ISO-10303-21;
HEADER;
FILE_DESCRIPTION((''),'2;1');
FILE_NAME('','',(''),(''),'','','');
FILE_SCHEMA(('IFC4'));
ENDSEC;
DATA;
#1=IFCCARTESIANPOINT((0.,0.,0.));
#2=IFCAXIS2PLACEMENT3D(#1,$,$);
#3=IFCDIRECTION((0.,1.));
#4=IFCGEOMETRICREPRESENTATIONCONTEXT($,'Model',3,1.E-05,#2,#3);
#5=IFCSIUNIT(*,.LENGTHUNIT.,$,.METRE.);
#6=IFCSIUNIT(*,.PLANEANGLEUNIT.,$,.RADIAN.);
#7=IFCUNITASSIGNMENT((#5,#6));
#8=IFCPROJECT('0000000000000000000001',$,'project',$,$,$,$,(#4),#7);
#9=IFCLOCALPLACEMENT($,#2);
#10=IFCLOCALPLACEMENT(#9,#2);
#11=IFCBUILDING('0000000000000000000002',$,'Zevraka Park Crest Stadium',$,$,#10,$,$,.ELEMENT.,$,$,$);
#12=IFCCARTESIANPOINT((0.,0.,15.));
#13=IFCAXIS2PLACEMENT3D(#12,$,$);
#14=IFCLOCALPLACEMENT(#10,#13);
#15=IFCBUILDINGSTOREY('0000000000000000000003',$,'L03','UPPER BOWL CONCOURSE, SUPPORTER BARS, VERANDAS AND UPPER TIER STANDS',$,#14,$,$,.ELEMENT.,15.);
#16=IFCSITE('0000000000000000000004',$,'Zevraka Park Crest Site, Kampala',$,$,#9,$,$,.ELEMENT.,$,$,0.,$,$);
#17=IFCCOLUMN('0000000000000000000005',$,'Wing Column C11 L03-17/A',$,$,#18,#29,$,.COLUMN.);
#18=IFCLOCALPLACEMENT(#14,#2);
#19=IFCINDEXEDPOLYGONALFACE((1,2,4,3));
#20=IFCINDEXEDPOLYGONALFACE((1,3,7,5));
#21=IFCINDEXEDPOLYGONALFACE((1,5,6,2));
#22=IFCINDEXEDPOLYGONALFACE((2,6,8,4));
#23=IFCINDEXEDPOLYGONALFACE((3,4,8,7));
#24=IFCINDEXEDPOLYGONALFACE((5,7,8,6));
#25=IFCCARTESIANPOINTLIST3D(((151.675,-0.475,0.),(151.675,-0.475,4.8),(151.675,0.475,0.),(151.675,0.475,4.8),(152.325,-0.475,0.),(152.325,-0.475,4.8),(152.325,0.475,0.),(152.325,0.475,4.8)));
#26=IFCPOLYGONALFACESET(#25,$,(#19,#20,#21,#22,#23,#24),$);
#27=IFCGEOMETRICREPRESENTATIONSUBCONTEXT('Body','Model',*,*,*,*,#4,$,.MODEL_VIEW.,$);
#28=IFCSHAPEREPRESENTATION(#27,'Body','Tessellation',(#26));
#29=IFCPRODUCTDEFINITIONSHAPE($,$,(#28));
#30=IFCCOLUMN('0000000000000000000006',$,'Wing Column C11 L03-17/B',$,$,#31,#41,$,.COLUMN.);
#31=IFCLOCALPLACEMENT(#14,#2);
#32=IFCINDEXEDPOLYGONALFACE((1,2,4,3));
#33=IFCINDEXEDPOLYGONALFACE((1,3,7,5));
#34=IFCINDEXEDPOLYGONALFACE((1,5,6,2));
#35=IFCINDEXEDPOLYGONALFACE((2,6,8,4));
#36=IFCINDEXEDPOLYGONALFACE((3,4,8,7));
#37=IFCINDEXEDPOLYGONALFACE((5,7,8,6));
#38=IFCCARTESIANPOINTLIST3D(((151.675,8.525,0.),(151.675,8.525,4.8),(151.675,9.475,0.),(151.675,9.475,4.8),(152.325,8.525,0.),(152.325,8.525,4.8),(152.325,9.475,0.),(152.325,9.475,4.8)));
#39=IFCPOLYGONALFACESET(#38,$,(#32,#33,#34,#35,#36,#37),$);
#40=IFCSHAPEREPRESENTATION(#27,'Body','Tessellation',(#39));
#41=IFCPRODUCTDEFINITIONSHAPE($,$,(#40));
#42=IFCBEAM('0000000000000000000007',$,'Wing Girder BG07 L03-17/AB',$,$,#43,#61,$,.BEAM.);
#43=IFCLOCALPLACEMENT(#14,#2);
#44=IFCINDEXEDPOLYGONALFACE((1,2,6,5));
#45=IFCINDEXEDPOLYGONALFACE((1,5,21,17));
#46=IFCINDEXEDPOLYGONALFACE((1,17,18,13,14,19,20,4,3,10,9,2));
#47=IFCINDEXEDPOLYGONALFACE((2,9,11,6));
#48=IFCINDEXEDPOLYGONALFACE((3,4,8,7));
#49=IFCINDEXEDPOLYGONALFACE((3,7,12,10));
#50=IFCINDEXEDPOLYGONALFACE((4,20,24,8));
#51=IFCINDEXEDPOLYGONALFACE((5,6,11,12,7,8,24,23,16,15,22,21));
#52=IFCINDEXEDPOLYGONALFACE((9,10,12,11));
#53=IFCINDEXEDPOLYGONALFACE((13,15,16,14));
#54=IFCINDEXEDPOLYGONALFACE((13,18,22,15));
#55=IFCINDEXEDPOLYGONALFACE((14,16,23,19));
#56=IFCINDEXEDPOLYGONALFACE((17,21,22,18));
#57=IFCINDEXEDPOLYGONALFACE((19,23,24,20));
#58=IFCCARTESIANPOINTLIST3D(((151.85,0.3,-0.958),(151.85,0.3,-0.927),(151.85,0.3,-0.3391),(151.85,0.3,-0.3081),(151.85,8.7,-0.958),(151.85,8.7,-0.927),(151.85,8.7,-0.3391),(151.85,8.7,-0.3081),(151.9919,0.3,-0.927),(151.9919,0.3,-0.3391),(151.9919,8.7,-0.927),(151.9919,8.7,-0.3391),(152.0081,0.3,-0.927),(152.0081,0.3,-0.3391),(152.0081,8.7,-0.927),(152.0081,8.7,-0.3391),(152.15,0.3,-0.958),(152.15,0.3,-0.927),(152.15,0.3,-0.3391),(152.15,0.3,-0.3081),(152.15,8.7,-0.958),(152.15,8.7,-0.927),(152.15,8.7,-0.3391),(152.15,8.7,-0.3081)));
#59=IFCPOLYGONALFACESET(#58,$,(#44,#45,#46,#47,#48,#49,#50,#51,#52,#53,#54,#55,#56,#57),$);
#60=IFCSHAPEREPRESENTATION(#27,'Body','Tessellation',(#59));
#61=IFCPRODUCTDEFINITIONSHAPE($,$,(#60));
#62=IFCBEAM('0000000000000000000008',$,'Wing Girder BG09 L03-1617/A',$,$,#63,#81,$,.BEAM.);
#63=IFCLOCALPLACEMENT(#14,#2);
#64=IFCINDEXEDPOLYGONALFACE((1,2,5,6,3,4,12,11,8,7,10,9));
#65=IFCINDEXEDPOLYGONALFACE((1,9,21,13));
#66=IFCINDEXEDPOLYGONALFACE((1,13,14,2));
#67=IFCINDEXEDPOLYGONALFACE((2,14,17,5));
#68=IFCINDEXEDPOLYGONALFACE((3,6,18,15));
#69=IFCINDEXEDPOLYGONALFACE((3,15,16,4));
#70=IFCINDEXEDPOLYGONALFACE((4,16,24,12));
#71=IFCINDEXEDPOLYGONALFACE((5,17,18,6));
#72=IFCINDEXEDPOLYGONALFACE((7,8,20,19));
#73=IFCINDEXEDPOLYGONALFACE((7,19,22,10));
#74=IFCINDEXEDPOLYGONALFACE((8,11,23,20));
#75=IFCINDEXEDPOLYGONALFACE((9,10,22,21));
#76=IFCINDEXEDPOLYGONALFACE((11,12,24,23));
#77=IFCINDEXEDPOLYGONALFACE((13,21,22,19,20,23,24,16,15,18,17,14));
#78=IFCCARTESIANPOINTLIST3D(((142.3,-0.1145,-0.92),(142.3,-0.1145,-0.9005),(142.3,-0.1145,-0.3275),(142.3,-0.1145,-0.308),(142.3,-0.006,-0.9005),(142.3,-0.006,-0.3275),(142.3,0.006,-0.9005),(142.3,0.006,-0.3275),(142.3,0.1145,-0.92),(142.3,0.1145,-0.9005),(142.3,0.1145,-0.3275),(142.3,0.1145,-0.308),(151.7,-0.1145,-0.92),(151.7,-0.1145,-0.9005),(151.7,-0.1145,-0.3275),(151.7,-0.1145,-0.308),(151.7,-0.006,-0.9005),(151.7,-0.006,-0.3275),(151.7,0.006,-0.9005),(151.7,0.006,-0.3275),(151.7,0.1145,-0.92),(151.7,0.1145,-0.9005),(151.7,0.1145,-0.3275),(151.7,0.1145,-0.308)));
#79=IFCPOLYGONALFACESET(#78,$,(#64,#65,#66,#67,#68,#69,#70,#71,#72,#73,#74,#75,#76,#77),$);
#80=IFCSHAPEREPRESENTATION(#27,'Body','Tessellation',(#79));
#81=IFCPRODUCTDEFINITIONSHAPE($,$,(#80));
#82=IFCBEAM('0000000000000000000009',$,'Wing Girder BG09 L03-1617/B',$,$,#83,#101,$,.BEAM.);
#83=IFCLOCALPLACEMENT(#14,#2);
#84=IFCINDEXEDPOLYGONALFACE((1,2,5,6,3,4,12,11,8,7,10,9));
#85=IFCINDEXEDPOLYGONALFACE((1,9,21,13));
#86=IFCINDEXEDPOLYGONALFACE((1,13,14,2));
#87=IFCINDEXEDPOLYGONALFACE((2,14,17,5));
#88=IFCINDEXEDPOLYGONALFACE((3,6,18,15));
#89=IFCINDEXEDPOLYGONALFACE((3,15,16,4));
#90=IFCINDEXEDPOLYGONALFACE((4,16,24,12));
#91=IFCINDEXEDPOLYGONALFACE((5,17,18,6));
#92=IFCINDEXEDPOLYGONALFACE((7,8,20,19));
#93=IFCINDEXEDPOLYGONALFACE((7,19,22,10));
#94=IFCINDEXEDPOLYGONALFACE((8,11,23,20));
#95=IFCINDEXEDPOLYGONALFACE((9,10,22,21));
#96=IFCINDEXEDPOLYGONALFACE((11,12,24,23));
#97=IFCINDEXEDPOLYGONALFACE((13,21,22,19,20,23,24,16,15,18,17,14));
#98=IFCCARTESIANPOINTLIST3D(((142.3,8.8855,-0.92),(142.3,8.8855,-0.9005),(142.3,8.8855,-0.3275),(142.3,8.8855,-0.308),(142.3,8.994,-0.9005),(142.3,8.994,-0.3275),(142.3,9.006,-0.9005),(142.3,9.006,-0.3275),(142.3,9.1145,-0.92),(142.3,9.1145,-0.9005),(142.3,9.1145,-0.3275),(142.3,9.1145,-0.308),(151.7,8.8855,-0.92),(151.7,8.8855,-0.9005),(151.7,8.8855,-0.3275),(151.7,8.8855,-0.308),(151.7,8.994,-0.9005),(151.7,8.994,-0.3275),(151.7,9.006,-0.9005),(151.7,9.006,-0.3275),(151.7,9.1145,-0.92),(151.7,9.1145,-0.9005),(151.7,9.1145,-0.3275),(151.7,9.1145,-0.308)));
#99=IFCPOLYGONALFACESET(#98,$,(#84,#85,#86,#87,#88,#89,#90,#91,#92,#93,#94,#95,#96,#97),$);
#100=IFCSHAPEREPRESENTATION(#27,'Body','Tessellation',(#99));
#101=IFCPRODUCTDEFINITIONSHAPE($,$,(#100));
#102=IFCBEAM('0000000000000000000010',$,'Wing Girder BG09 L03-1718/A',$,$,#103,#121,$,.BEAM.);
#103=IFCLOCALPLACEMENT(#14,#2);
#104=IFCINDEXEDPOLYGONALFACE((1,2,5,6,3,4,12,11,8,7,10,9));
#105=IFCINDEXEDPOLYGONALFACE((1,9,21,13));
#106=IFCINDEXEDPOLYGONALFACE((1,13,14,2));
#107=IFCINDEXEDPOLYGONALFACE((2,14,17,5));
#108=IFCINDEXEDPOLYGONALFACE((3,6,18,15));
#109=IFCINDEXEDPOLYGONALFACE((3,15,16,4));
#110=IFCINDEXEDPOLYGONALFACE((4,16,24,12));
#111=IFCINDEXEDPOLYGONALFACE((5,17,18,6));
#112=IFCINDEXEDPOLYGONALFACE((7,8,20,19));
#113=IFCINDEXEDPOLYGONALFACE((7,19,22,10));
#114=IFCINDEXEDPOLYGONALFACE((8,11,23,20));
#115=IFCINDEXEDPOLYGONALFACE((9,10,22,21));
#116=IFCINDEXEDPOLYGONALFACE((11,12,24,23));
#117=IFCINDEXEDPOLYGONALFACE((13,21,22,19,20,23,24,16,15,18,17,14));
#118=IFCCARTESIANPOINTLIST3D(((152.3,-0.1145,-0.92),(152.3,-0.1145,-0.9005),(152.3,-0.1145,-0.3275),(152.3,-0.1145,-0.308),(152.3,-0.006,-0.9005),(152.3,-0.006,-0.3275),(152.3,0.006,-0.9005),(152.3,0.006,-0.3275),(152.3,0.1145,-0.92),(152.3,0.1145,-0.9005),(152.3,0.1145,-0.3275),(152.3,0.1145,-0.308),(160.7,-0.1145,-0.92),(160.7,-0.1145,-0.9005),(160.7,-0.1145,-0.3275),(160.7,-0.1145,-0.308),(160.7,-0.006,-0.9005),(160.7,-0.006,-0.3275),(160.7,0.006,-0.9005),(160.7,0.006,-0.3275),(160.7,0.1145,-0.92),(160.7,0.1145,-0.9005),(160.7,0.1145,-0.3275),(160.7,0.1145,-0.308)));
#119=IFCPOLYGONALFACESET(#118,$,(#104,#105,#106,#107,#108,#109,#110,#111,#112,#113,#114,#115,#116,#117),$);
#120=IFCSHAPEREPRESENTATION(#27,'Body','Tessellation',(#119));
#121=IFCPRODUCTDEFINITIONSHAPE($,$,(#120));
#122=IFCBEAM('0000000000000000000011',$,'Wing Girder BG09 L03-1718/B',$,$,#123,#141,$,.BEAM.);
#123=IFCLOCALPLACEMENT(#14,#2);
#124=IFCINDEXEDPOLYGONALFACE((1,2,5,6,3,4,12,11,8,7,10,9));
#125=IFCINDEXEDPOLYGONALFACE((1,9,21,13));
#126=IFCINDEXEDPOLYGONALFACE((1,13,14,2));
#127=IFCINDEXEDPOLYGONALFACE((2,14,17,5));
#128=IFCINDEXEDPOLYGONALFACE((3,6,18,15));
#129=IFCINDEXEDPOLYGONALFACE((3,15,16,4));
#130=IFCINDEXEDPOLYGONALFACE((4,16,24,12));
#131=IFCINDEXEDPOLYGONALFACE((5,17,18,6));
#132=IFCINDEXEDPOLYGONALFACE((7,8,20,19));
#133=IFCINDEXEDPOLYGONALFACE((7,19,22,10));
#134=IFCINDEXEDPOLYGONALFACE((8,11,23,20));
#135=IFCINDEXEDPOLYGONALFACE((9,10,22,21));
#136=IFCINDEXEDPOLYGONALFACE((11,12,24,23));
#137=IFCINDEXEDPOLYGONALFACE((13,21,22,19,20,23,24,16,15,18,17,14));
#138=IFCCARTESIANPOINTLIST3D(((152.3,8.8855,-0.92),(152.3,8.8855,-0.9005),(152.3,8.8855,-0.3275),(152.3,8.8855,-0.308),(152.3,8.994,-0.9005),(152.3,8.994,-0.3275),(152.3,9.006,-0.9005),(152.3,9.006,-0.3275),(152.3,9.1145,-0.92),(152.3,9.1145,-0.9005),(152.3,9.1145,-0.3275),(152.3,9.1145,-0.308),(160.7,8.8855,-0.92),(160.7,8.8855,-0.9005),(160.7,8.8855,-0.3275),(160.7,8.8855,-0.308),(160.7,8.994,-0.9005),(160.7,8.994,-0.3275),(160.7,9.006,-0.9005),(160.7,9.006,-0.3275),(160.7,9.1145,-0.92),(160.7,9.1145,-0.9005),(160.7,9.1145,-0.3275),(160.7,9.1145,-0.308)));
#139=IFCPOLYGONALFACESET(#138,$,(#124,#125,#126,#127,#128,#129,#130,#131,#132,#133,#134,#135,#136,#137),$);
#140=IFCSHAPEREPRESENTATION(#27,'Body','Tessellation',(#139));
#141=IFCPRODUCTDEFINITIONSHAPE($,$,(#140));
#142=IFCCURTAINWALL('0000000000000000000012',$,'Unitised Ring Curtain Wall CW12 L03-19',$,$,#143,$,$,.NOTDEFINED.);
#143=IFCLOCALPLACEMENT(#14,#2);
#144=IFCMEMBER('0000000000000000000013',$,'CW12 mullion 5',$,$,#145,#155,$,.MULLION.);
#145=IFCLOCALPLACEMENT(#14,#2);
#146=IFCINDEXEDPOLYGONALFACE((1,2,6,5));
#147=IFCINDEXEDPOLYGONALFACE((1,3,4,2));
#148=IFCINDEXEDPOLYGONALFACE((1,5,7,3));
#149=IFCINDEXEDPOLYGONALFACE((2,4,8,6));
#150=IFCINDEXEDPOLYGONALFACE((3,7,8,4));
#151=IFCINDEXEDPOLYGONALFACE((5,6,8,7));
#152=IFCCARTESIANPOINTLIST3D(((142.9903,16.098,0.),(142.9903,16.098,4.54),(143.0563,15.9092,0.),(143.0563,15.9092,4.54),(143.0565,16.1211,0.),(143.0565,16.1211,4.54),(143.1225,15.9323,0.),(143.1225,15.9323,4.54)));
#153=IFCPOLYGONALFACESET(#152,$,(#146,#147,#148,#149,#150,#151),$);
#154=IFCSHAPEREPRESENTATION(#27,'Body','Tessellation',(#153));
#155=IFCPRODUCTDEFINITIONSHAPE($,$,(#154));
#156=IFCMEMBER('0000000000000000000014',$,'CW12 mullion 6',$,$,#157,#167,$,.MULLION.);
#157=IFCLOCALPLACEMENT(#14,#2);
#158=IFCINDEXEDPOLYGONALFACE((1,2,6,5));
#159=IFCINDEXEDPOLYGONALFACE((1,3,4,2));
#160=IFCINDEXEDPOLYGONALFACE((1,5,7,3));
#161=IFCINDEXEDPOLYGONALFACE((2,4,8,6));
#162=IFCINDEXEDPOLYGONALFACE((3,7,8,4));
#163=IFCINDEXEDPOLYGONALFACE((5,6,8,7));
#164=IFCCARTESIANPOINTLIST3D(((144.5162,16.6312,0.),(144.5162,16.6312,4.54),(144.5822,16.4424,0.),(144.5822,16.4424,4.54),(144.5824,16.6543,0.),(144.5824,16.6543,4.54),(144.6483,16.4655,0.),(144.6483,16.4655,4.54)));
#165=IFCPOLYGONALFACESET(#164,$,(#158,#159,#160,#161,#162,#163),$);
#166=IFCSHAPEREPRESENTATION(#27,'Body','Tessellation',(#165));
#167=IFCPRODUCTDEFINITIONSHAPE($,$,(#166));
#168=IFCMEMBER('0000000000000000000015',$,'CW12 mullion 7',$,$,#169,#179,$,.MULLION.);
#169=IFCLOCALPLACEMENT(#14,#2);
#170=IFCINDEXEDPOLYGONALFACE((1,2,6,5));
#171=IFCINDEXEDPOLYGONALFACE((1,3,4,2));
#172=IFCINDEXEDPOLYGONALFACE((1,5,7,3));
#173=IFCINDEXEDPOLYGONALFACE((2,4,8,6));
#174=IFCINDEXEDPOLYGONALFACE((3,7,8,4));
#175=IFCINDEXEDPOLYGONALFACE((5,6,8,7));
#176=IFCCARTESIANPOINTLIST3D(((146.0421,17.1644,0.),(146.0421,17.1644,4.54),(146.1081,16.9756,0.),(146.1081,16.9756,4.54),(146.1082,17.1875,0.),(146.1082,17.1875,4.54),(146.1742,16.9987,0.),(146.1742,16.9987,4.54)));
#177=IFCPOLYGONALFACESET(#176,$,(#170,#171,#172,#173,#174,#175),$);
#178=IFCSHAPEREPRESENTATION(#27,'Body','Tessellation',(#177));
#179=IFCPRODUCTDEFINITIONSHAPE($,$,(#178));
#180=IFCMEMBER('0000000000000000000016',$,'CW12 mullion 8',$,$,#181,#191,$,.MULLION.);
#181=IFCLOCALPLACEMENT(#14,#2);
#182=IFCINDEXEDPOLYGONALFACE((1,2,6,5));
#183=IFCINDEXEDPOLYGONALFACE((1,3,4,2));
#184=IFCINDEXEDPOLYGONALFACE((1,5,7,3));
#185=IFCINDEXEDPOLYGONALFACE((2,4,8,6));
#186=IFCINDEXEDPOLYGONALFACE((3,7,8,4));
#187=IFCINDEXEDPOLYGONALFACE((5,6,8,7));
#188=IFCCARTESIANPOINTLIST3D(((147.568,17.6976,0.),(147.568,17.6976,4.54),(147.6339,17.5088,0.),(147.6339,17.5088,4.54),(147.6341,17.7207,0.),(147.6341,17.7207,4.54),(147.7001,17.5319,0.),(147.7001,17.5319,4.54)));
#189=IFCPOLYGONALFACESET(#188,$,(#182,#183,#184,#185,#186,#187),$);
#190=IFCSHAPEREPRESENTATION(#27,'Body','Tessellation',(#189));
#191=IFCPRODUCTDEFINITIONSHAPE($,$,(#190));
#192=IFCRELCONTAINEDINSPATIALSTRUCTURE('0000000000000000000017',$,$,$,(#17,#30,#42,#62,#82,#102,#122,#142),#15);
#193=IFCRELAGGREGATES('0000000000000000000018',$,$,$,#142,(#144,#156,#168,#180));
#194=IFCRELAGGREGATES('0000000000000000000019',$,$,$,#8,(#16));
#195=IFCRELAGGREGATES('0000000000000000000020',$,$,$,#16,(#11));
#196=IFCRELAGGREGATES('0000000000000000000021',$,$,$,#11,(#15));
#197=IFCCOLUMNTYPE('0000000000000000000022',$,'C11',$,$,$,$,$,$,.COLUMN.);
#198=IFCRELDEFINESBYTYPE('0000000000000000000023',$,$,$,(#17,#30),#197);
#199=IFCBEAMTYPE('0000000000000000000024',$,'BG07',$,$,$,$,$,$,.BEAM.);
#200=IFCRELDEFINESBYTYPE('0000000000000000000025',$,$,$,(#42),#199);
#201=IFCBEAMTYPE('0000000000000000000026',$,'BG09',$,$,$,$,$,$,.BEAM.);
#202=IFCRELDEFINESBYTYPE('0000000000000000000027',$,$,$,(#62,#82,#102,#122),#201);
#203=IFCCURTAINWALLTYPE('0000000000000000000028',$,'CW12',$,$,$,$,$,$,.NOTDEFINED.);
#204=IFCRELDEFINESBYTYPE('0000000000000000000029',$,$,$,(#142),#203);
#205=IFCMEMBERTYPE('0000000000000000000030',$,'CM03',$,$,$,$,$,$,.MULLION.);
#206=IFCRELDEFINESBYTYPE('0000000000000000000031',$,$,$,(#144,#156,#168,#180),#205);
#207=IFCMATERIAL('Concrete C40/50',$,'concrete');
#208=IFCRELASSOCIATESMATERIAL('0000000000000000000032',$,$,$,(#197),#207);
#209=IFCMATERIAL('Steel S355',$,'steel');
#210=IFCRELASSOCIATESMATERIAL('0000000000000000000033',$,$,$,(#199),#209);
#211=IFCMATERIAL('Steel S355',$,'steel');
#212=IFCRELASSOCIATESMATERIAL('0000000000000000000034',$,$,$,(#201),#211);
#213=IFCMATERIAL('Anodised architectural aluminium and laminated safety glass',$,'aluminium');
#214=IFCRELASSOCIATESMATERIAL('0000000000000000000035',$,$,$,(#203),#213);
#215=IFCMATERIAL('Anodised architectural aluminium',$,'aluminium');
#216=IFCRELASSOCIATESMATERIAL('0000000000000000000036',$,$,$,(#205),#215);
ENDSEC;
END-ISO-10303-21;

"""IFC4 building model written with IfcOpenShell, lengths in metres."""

from ifc_helpers import new_model, si_unit, direction, frame, origin, origin_2d, place, context, subcontext, project, spatial, rectangle, i_section, extrude, material, material_profile, profile_set, type_object, element, aggregate, save


model = new_model("IFC4")

# Units and contexts
model_context = context("Model", 3, precision=1e-05, world=origin(), true_north=direction((0.0, 1.0)))
body_context = subcontext(model_context, "Body", "Model", "MODEL_VIEW")
ifc_project = project(units=[si_unit("LENGTHUNIT", "METRE"), si_unit("PLANEANGLEUNIT", "RADIAN")], contexts=[model_context])

# Site, building, storey
site_placement = place(None, origin())
site = spatial("IfcSite", under=ifc_project, at=site_placement, Name="Zevraka Park Crest Site, Kampala", CompositionType="ELEMENT", RefElevation=0.0)
building_placement = place(site_placement, origin())
building = spatial("IfcBuilding", under=site, at=building_placement, Name="Zevraka Park Crest Stadium", CompositionType="ELEMENT")
storey_placement = place(building_placement, frame((0.0, 0.0, 15.0)))
storey = spatial("IfcBuildingStorey", under=building, at=storey_placement, Name="L03", Description="UPPER BOWL CONCOURSE, SUPPORTER BARS, VERANDAS AND UPPER TIER STANDS", CompositionType="ELEMENT", Elevation=15.0)

# Columns
ifc_material_1 = material(Name="Concrete C40/50", Category="concrete")
ifc_material_profile_1 = material_profile(ifc_material_1, rectangle(XDim=0.6499, YDim=0.95, at=origin_2d()), Name="RC 950x650")
ifc_profile_set_1 = profile_set([ifc_material_profile_1], Name="Concrete C40/50")
column_type = type_object("IfcColumnType", Name="C11", PredefinedType="COLUMN", material=ifc_profile_set_1)
for number, where, z_axis, x_axis, name in (
    (1, (152.0, 0.0, 0.0), (0.0, 0.0, 1.0), (1.0, 0.0, 0.0), "Wing Column C11 L03-17/A"),
    (2, (152.0, 9.0, 0.0), (0.0, 0.0, 1.0), (1.0, 0.0, 0.0), "Wing Column C11 L03-17/B"),
):
    element("IfcColumn", number, at=place(storey_placement, frame(where, z_axis=z_axis, x_axis=x_axis)), inside=storey, type_object=column_type, Name=name, PredefinedType="COLUMN", context=body_context, shape_type="SweptSolid", body=[
        extrude(rectangle(XDim=0.6499, YDim=0.95, at=origin_2d()), origin(), (0.0, 0.0, 1.0), 4.8),
    ])

# Beams
ifc_material_2 = material(Name="Steel S355", Category="steel")
ifc_material_profile_2 = material_profile(ifc_material_2, i_section(OverallWidth=0.3, OverallDepth=0.6499, WebThickness=0.0161, FlangeThickness=0.031, at=origin_2d()), Name="HEB 650")
ifc_profile_set_2 = profile_set([ifc_material_profile_2], Name="Steel S355")
beam_type_1 = type_object("IfcBeamType", Name="BG07", PredefinedType="BEAM", material=ifc_profile_set_2)
beam_placement = place(storey_placement, frame((152.0, 0.3, -0.6331), z_axis=(0.0, 1.0, 0.0), x_axis=(-1.0, 0.0, 0.0)))
element("IfcBeam", 3, at=beam_placement, inside=storey, type_object=beam_type_1, Name="Wing Girder BG07 L03-17/AB", PredefinedType="BEAM", context=body_context, shape_type="SweptSolid", body=[
    extrude(i_section(OverallWidth=0.3, OverallDepth=0.6499, WebThickness=0.0161, FlangeThickness=0.031, at=origin_2d()), origin(), (0.0, 0.0, 1.0), 8.3999),
])
ifc_material_3 = material(Name="Steel S355", Category="steel")
ifc_material_profile_3 = material_profile(ifc_material_3, i_section(OverallWidth=0.229, OverallDepth=0.6121, WebThickness=0.012, FlangeThickness=0.0195, at=origin_2d()), Name="UKB 610x229x125")
ifc_profile_set_3 = profile_set([ifc_material_profile_3], Name="Steel S355")
beam_type_2 = type_object("IfcBeamType", Name="BG09", PredefinedType="BEAM", material=ifc_profile_set_3)
for number, where, z_axis, x_axis, name in (
    (4, (142.3, 0.0, -0.614), (1.0, 0.0, 0.0), (0.0, 1.0, 0.0), "Wing Girder BG09 L03-1617/A"),
    (5, (142.3, 9.0, -0.614), (1.0, 0.0, 0.0), (0.0, 1.0, 0.0), "Wing Girder BG09 L03-1617/B"),
):
    element("IfcBeam", number, at=place(storey_placement, frame(where, z_axis=z_axis, x_axis=x_axis)), inside=storey, type_object=beam_type_2, Name=name, PredefinedType="BEAM", context=body_context, shape_type="SweptSolid", body=[
        extrude(i_section(OverallWidth=0.229, OverallDepth=0.6121, WebThickness=0.012, FlangeThickness=0.0195, at=origin_2d()), origin(), (0.0, 0.0, 1.0), 9.3999),
    ])
for number, where, z_axis, x_axis, name in (
    (6, (152.3, 0.0, -0.614), (1.0, 0.0, 0.0), (0.0, 1.0, 0.0), "Wing Girder BG09 L03-1718/A"),
    (7, (152.3, 9.0, -0.614), (1.0, 0.0, 0.0), (0.0, 1.0, 0.0), "Wing Girder BG09 L03-1718/B"),
):
    element("IfcBeam", number, at=place(storey_placement, frame(where, z_axis=z_axis, x_axis=x_axis)), inside=storey, type_object=beam_type_2, Name=name, PredefinedType="BEAM", context=body_context, shape_type="SweptSolid", body=[
        extrude(i_section(OverallWidth=0.229, OverallDepth=0.6121, WebThickness=0.012, FlangeThickness=0.0195, at=origin_2d()), origin(), (0.0, 0.0, 1.0), 8.3999),
    ])

# Curtain wall, members
ifc_material_4 = material(Name="Anodised architectural aluminium and laminated safety glass", Category="aluminium")
curtain_wall_type = type_object("IfcCurtainWallType", Name="CW12", PredefinedType="NOTDEFINED", material=ifc_material_4)
curtain_wall_placement = place(storey_placement, origin())
curtain_wall = element("IfcCurtainWall", 8, at=curtain_wall_placement, inside=storey, type_object=curtain_wall_type, Name="Unitised Ring Curtain Wall CW12 L03-19", PredefinedType="NOTDEFINED")
ifc_material_5 = material(Name="Anodised architectural aluminium", Category="aluminium")
ifc_material_profile_4 = material_profile(ifc_material_5, rectangle(XDim=0.2, YDim=0.0701, at=origin_2d()), Name="ALU MULLION 200x70")
ifc_profile_set_4 = profile_set([ifc_material_profile_4], Name="Anodised architectural aluminium")
member_type_1 = type_object("IfcMemberType", Name="CM03", PredefinedType="MULLION", material=ifc_profile_set_4)
member_1_placement = place(storey_placement, frame((143.0564, 16.0151, 0.0), z_axis=(0.0, 0.0, 1.0), x_axis=(-0.329917, 0.94401, 0.0)))
member_1 = element("IfcMember", 9, at=member_1_placement, type_object=member_type_1, Name="CW12 mullion 5", PredefinedType="MULLION", context=body_context, shape_type="SweptSolid", body=[
    extrude(rectangle(XDim=0.2, YDim=0.0701, at=origin_2d()), origin(), (0.0, 0.0, 1.0), 4.54),
])
member_2_placement = place(storey_placement, frame((144.5823, 16.5483, 0.0), z_axis=(0.0, 0.0, 1.0), x_axis=(-0.329917, 0.94401, 0.0)))
member_2 = element("IfcMember", 10, at=member_2_placement, type_object=member_type_1, Name="CW12 mullion 6", PredefinedType="MULLION", context=body_context, shape_type="SweptSolid", body=[
    extrude(rectangle(XDim=0.2, YDim=0.0701, at=origin_2d()), origin(), (0.0, 0.0, 1.0), 4.54),
])
member_3_placement = place(storey_placement, frame((146.1082, 17.0815, 0.0), z_axis=(0.0, 0.0, 1.0), x_axis=(-0.329917, 0.94401, 0.0)))
member_3 = element("IfcMember", 11, at=member_3_placement, type_object=member_type_1, Name="CW12 mullion 7", PredefinedType="MULLION", context=body_context, shape_type="SweptSolid", body=[
    extrude(rectangle(XDim=0.2, YDim=0.0701, at=origin_2d()), origin(), (0.0, 0.0, 1.0), 4.54),
])
member_4_placement = place(storey_placement, frame((147.634, 17.6147, 0.0), z_axis=(0.0, 0.0, 1.0), x_axis=(-0.329917, 0.94401, 0.0)))
member_4 = element("IfcMember", 12, at=member_4_placement, type_object=member_type_1, Name="CW12 mullion 8", PredefinedType="MULLION", context=body_context, shape_type="SweptSolid", body=[
    extrude(rectangle(XDim=0.2, YDim=0.0701, at=origin_2d()), origin(), (0.0, 0.0, 1.0), 4.54),
])

aggregate(curtain_wall, [member_1, member_2, member_3, member_4])

save(model, "model.ifc")
